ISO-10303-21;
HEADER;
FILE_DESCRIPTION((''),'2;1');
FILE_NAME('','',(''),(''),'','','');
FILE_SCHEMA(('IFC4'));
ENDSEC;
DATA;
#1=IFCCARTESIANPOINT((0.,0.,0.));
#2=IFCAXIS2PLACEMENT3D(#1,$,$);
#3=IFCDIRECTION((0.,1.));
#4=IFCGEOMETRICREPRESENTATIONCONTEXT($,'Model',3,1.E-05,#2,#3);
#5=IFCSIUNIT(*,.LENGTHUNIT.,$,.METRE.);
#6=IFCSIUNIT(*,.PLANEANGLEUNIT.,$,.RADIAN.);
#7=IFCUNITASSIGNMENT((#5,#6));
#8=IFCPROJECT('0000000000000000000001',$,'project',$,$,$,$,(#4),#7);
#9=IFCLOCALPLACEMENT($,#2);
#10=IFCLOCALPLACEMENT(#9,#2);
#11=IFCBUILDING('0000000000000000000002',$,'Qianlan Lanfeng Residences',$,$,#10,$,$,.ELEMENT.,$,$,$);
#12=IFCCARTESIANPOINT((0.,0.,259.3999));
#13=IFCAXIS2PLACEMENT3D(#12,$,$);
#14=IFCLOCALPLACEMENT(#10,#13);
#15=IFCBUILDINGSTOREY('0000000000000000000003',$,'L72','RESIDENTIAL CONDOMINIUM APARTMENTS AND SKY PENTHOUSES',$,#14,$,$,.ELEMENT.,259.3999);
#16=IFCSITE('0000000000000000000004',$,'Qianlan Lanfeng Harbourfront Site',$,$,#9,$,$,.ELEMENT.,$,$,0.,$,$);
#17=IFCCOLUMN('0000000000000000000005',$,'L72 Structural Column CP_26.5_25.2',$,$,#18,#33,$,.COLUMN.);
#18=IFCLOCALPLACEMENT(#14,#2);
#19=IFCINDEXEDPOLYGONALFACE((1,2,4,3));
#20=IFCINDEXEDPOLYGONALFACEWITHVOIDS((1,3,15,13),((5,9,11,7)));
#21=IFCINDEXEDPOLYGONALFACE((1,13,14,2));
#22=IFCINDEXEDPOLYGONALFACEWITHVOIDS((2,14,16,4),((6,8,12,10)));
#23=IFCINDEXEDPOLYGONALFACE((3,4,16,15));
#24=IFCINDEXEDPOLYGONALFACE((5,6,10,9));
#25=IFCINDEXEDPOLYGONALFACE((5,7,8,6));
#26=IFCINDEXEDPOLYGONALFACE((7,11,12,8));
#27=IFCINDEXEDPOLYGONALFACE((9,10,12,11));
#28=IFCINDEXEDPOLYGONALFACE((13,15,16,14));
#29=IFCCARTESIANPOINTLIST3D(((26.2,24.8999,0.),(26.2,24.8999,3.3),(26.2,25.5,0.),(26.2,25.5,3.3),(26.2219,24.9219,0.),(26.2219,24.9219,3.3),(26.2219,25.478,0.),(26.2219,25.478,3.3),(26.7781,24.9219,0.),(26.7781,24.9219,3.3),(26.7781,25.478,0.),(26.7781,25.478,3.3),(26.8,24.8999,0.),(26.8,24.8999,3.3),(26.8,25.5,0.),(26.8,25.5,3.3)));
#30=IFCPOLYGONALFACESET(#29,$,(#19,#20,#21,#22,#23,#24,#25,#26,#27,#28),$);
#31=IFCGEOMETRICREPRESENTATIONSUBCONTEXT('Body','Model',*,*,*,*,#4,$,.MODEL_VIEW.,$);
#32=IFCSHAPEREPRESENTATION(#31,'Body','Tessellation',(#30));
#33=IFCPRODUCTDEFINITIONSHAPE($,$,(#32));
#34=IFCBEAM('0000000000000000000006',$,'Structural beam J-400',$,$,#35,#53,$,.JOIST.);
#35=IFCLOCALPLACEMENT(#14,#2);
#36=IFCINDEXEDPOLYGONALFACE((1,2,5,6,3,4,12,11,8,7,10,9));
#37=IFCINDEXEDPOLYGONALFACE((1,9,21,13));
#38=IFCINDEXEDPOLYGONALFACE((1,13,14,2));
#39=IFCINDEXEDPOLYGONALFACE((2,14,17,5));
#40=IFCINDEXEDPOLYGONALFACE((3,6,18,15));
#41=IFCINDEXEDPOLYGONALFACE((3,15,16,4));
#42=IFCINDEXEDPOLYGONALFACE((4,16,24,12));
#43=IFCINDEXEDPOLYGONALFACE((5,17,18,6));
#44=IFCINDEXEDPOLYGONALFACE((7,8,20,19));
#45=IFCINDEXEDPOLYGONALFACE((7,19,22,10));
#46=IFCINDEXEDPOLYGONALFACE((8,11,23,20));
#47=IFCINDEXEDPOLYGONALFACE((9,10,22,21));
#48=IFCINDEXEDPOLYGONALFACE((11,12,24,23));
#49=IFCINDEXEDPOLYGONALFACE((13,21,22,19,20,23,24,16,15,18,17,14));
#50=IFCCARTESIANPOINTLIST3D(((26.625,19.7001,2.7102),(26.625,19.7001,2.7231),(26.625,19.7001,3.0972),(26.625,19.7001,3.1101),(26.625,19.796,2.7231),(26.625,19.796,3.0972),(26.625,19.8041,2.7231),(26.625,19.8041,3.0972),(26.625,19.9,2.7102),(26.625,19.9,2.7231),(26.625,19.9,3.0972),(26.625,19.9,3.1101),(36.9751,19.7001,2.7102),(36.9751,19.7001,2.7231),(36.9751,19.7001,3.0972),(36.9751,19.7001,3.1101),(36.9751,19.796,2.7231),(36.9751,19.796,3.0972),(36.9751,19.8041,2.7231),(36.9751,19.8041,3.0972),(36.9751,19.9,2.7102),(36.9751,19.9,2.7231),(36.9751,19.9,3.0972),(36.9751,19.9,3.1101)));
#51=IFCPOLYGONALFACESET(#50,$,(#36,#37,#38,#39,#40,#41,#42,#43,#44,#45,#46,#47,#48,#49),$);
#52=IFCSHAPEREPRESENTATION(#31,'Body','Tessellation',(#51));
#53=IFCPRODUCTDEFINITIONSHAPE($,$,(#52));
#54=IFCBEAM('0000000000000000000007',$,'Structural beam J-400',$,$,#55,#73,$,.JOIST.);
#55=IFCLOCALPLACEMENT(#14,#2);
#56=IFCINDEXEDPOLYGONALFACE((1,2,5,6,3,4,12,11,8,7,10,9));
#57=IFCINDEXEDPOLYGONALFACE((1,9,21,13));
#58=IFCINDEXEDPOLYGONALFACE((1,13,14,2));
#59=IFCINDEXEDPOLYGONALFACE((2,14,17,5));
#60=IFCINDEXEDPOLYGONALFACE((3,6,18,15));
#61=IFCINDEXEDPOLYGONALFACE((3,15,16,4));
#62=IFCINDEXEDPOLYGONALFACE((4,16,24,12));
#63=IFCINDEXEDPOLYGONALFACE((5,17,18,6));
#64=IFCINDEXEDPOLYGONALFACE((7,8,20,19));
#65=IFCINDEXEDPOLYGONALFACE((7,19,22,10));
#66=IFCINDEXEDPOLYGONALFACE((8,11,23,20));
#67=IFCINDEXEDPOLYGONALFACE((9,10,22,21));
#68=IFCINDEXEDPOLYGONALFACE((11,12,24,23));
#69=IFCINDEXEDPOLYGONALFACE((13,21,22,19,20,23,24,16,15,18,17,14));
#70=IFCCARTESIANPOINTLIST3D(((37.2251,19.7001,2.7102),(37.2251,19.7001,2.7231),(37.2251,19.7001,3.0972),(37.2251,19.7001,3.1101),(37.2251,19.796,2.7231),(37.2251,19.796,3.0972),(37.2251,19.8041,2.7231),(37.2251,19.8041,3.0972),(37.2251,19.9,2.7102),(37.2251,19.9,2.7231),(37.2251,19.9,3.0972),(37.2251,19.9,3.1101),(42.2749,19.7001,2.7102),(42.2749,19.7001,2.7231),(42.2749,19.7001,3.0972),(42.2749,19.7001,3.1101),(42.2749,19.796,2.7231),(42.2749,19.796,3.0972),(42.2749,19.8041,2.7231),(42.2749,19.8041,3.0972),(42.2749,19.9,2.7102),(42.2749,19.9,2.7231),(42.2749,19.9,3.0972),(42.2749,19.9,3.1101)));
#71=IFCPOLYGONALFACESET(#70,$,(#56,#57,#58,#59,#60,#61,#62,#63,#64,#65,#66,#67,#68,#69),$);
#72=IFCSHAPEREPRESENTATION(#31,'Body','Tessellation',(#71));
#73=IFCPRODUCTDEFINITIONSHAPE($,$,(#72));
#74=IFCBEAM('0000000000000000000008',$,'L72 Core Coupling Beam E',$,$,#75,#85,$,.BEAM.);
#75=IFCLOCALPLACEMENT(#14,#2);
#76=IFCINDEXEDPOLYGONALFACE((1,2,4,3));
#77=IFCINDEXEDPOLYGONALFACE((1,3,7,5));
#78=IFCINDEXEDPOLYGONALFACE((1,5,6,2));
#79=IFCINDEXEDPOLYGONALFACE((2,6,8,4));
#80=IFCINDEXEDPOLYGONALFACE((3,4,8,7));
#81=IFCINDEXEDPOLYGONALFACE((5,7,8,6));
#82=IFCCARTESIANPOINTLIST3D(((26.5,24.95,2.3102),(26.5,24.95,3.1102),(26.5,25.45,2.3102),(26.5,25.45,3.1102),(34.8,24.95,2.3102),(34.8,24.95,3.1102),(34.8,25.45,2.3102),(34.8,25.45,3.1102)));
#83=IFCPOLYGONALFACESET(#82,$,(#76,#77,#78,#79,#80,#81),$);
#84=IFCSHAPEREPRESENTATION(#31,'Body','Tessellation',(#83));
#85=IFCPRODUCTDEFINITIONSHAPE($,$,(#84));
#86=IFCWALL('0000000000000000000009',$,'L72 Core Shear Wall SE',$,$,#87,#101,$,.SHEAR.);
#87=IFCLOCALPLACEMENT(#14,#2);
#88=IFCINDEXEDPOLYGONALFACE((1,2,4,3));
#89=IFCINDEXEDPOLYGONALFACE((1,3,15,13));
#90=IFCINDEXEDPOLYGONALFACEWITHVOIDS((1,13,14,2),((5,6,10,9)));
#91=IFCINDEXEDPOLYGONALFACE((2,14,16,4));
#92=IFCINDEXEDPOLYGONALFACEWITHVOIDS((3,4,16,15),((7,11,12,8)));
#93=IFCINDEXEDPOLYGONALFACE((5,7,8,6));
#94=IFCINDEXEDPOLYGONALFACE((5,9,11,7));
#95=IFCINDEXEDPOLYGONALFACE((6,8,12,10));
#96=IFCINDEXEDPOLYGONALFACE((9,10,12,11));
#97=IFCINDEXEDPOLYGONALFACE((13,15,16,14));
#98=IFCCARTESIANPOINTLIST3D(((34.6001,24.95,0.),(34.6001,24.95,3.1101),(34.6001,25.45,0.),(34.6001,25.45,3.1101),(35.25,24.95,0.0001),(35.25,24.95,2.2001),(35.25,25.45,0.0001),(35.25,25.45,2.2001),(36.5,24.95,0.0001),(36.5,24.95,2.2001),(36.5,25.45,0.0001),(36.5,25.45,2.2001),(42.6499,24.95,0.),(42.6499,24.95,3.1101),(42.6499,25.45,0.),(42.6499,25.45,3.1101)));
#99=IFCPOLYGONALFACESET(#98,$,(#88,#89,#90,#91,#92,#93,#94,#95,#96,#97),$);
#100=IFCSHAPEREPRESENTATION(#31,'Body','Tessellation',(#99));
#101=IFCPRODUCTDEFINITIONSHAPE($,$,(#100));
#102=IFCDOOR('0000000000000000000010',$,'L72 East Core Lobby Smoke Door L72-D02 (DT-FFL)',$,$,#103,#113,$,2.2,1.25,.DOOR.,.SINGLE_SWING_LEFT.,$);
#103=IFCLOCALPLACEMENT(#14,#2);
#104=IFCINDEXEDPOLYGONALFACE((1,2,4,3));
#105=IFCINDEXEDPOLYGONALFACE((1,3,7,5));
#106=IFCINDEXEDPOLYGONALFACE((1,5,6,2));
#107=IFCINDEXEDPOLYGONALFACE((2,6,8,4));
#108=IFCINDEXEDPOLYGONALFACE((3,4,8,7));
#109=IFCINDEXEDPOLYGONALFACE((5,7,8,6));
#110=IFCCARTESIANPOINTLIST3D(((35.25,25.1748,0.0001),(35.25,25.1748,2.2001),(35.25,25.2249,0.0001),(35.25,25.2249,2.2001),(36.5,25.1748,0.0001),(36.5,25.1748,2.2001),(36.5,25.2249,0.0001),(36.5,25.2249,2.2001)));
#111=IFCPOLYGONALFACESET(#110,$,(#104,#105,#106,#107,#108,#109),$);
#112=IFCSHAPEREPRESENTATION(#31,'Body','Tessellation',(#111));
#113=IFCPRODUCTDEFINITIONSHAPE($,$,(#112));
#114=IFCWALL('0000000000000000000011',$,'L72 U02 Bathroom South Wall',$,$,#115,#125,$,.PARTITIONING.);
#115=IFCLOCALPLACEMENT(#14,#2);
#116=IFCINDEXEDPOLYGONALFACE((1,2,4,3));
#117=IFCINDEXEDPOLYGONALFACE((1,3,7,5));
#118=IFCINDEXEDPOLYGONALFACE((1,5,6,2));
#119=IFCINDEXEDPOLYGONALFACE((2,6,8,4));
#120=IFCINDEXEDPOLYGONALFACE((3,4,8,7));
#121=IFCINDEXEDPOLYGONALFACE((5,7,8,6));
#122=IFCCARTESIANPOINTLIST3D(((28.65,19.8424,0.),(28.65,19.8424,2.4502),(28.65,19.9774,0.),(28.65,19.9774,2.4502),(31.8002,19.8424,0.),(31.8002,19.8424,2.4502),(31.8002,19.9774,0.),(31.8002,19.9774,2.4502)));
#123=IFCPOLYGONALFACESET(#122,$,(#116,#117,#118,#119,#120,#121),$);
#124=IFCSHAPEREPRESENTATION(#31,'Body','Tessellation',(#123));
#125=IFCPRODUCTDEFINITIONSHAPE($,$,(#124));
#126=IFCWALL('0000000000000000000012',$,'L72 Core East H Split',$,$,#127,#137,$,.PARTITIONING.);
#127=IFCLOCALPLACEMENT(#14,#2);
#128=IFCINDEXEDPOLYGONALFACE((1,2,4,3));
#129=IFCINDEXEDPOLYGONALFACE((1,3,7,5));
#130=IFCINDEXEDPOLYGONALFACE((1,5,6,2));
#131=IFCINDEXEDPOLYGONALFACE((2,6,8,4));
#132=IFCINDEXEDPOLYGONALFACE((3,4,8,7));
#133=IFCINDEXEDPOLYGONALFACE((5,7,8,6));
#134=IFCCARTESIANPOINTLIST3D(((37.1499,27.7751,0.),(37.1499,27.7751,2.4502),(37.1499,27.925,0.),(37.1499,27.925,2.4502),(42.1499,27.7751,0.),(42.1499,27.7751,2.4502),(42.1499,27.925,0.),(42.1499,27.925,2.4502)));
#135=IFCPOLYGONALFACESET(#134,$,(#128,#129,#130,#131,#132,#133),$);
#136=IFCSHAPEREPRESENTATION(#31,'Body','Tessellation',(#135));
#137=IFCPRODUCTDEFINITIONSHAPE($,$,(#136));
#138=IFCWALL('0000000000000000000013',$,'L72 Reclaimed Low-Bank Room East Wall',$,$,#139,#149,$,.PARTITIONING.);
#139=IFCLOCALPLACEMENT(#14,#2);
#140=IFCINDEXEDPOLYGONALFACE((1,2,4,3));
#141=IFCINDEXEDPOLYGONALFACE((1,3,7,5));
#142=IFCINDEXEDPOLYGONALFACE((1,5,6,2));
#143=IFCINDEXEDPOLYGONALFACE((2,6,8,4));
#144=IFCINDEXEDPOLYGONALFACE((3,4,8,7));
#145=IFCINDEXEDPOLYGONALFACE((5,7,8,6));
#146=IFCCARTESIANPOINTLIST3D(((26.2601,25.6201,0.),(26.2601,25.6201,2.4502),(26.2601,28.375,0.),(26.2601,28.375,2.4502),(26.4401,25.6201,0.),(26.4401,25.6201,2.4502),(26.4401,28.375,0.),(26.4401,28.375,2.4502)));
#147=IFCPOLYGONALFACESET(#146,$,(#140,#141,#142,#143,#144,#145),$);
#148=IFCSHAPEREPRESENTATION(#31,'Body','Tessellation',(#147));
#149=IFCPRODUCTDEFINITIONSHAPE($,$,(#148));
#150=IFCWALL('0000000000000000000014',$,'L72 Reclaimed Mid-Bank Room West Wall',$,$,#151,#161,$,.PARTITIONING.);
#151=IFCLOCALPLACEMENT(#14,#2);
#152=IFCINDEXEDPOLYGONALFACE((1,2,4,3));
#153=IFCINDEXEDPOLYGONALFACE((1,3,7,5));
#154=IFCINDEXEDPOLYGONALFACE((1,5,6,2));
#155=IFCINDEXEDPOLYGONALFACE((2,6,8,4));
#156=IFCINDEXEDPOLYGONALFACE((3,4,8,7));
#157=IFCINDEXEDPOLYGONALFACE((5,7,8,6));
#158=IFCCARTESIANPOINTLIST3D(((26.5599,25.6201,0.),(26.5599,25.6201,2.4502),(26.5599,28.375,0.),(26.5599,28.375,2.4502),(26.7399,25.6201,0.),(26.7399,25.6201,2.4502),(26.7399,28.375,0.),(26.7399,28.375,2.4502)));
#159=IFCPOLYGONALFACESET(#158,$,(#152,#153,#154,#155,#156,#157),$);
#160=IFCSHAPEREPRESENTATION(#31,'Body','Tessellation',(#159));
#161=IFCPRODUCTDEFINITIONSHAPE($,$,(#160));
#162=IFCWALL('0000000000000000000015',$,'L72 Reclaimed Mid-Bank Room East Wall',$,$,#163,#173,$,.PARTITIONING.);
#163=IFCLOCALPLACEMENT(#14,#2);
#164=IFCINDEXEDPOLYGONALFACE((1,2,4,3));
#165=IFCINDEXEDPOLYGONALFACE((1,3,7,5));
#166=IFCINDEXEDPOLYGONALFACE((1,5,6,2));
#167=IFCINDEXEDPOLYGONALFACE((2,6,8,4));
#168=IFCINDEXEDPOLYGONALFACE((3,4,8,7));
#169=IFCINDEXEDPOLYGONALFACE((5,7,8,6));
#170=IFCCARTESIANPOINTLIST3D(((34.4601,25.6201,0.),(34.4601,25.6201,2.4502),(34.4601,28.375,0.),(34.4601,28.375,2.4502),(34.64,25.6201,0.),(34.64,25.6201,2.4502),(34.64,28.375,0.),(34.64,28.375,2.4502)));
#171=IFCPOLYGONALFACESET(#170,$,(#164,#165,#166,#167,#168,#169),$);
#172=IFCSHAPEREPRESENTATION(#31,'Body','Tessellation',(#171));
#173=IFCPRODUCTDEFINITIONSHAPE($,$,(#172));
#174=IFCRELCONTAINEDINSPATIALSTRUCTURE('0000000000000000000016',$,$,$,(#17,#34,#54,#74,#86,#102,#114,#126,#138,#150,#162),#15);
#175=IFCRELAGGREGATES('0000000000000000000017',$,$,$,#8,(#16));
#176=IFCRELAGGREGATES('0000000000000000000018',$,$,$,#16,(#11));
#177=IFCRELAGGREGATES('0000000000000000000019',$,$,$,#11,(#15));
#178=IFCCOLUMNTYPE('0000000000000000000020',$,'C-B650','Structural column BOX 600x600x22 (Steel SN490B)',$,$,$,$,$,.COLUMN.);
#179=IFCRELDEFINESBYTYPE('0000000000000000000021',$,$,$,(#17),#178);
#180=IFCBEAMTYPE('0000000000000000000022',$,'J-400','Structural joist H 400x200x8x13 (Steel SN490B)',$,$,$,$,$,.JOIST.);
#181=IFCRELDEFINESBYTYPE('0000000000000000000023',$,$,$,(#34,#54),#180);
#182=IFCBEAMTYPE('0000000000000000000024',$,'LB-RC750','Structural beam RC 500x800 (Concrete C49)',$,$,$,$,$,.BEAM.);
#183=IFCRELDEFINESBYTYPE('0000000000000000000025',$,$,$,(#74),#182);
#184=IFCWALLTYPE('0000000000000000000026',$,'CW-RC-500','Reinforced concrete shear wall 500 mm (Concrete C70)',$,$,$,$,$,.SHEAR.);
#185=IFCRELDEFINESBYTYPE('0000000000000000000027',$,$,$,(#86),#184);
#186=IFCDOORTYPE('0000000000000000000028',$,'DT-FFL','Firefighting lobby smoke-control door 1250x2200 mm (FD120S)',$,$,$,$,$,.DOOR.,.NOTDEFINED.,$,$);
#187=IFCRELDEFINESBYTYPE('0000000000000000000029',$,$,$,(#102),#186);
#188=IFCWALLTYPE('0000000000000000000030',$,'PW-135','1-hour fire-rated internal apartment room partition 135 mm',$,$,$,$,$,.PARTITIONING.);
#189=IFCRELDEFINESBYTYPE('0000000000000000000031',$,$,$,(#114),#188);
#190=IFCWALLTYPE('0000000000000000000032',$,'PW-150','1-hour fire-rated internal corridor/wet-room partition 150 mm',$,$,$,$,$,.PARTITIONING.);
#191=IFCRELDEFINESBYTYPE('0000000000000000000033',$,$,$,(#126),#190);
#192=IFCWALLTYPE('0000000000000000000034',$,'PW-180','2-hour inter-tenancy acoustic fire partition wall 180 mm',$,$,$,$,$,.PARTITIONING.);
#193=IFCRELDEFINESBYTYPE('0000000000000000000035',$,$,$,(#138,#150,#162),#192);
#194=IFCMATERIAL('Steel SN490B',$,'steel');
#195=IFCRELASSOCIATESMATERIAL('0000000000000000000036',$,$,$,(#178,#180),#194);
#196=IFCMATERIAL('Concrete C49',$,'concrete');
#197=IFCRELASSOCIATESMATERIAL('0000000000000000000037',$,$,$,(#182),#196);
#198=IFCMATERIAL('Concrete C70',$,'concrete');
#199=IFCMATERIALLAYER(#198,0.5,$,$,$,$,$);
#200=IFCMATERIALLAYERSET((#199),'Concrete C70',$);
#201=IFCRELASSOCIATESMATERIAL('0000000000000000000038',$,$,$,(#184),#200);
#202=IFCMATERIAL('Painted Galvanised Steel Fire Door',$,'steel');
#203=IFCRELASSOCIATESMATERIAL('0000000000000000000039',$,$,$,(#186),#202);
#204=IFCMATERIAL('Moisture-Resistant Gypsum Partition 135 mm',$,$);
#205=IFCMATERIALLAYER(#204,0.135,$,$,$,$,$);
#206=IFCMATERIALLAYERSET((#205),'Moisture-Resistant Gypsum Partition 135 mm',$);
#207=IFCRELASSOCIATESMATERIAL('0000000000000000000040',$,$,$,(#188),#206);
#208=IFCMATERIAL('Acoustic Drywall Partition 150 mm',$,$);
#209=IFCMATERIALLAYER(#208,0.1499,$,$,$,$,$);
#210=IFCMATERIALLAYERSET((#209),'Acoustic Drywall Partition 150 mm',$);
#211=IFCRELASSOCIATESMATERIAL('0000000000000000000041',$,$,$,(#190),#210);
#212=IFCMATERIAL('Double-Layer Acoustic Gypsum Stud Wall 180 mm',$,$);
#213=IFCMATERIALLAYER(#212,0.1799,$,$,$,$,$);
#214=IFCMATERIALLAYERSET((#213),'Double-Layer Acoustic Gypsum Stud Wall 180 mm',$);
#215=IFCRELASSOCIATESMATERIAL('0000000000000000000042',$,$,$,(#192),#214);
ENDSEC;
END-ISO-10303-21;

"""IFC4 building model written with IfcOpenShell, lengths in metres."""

from ifc_helpers import new_model, si_unit, direction, frame, frame_2d, origin, origin_2d, place, context, subcontext, project, spatial, rectangle, hollow_rectangle, i_section, extrude, material, layer, layer_set, material_profile, profile_set, type_object, element, fill, save


model = new_model("IFC4")

# Units and contexts
model_context = context("Model", 3, precision=1e-05, world=origin(), true_north=direction((0.0, 1.0)))
body_context = subcontext(model_context, "Body", "Model", "MODEL_VIEW")
ifc_project = project(units=[si_unit("LENGTHUNIT", "METRE"), si_unit("PLANEANGLEUNIT", "RADIAN")], contexts=[model_context])

# Site, building, storey
site_placement = place(None, origin())
site = spatial("IfcSite", under=ifc_project, at=site_placement, Name="Qianlan Lanfeng Harbourfront Site", CompositionType="ELEMENT", RefElevation=0.0)
building_placement = place(site_placement, origin())
building = spatial("IfcBuilding", under=site, at=building_placement, Name="Qianlan Lanfeng Residences", CompositionType="ELEMENT")
storey_placement = place(building_placement, frame((0.0, 0.0, 259.3999)))
storey = spatial("IfcBuildingStorey", under=building, at=storey_placement, Name="L72", Description="RESIDENTIAL CONDOMINIUM APARTMENTS AND SKY PENTHOUSES", CompositionType="ELEMENT", Elevation=259.3999)

# Column
ifc_material_1 = material(Name="Steel SN490B", Category="steel")
ifc_material_profile_1 = material_profile(ifc_material_1, hollow_rectangle(XDim=0.6001, YDim=0.6001, WallThickness=0.022, at=origin_2d()), Name="BOX 600x600x22")
ifc_profile_set_1 = profile_set([ifc_material_profile_1], Name="Steel SN490B")
column_type = type_object("IfcColumnType", Name="C-B650", Description="Structural column BOX 600x600x22 (Steel SN490B)", PredefinedType="COLUMN", material=ifc_profile_set_1)
column_placement = place(storey_placement, frame((26.5, 25.2, 0.0), z_axis=(0.0, 0.0, 1.0), x_axis=(1.0, 0.0, 0.0)))
element("IfcColumn", 1, at=column_placement, inside=storey, type_object=column_type, Name="L72 Structural Column CP_26.5_25.2", PredefinedType="COLUMN", context=body_context, shape_type="SweptSolid", body=[
    extrude(hollow_rectangle(XDim=0.6001, YDim=0.6001, WallThickness=0.022, at=origin_2d()), origin(), (0.0, 0.0, 1.0), 3.3),
])

# Beams
ifc_material_profile_2 = material_profile(ifc_material_1, i_section(OverallWidth=0.2, OverallDepth=0.3999, WebThickness=0.0081, FlangeThickness=0.0129, at=origin_2d()), Name="H 400x200x8x13")
ifc_profile_set_2 = profile_set([ifc_material_profile_2], Name="Steel SN490B")
beam_type_1 = type_object("IfcBeamType", Name="J-400", Description="Structural joist H 400x200x8x13 (Steel SN490B)", PredefinedType="JOIST", material=ifc_profile_set_2)
beam_1_placement = place(storey_placement, frame((26.625, 19.8, 2.9102), z_axis=(1.0, 0.0, 0.0), x_axis=(0.0, 1.0, 0.0)))
element("IfcBeam", 2, at=beam_1_placement, inside=storey, type_object=beam_type_1, Name="Structural beam J-400", PredefinedType="JOIST", context=body_context, shape_type="SweptSolid", body=[
    extrude(i_section(OverallWidth=0.2, OverallDepth=0.3999, WebThickness=0.0081, FlangeThickness=0.0129, at=origin_2d()), origin(), (0.0, 0.0, 1.0), 10.3501),
])
beam_2_placement = place(storey_placement, frame((37.2251, 19.8, 2.9102), z_axis=(1.0, 0.0, 0.0), x_axis=(0.0, 1.0, 0.0)))
element("IfcBeam", 3, at=beam_2_placement, inside=storey, type_object=beam_type_1, Name="Structural beam J-400", PredefinedType="JOIST", context=body_context, shape_type="SweptSolid", body=[
    extrude(i_section(OverallWidth=0.2, OverallDepth=0.3999, WebThickness=0.0081, FlangeThickness=0.0129, at=origin_2d()), origin(), (0.0, 0.0, 1.0), 5.0498),
])
ifc_material_2 = material(Name="Concrete C49", Category="concrete")
ifc_material_profile_3 = material_profile(ifc_material_2, rectangle(XDim=0.5, YDim=0.8, at=origin_2d()), Name="RC 500x800")
ifc_profile_set_3 = profile_set([ifc_material_profile_3], Name="Concrete C49")
beam_type_2 = type_object("IfcBeamType", Name="LB-RC750", Description="Structural beam RC 500x800 (Concrete C49)", PredefinedType="BEAM", material=ifc_profile_set_3)
beam_3_placement = place(storey_placement, frame((26.5, 25.2, 2.7102), z_axis=(1.0, 0.0, 0.0), x_axis=(0.0, 1.0, 0.0)))
element("IfcBeam", 4, at=beam_3_placement, inside=storey, type_object=beam_type_2, Name="L72 Core Coupling Beam E", PredefinedType="BEAM", context=body_context, shape_type="SweptSolid", body=[
    extrude(rectangle(XDim=0.5, YDim=0.8, at=origin_2d()), origin(), (0.0, 0.0, 1.0), 8.3),
])

# Wall, opening, door
ifc_material_3 = material(Name="Concrete C70", Category="concrete")
ifc_layer_1 = layer(ifc_material_3, 0.5)
ifc_layer_set_1 = layer_set([ifc_layer_1], Name="Concrete C70")
wall_type_1 = type_object("IfcWallType", Name="CW-RC-500", Description="Reinforced concrete shear wall 500 mm (Concrete C70)", PredefinedType="SHEAR", material=ifc_layer_set_1)
wall_1_placement = place(storey_placement, frame((34.6001, 25.2, 0.0), z_axis=(0.0, 0.0, 1.0), x_axis=(1.0, 0.0, 0.0)))
wall_1 = element("IfcWall", 5, at=wall_1_placement, inside=storey, type_object=wall_type_1, Name="L72 Core Shear Wall SE", PredefinedType="SHEAR", context=body_context, shape_type="SweptSolid", body=[
    extrude(rectangle(XDim=8.0498, YDim=0.5, at=frame_2d((4.0249, 0.0))), origin(), (0.0, 0.0, 1.0), 3.1101),
])
opening_1_placement = place(wall_1_placement, frame((0.6499, 0.0, 0.0)))
opening_1 = element("IfcOpeningElement", 6, at=opening_1_placement, cuts=wall_1, PredefinedType="OPENING", context=body_context, shape_type="SweptSolid", body=[
    extrude(rectangle(XDim=1.25, YDim=2.2, at=frame_2d((0.625, 1.1001))), frame((0.0, 0.26, 0.0), z_axis=(0.0, -1.0, 0.0), x_axis=(1.0, 0.0, 0.0)), (0.0, 0.0, 1.0), 0.52),
])
ifc_material_4 = material(Name="Painted Galvanised Steel Fire Door", Category="steel")
door_type_1 = type_object("IfcDoorType", Name="DT-FFL", Description="Firefighting lobby smoke-control door 1250x2200 mm (FD120S)", OperationType="NOTDEFINED", PredefinedType="DOOR", material=ifc_material_4)
door_1_placement = place(opening_1_placement, origin())
door_1 = element("IfcDoor", 7, at=door_1_placement, inside=storey, type_object=door_type_1, Name="L72 East Core Lobby Smoke Door L72-D02 (DT-FFL)", OperationType="SINGLE_SWING_LEFT", OverallHeight=2.2, OverallWidth=1.25, PredefinedType="DOOR", context=body_context, shape_type="SweptSolid", body=[
    extrude(rectangle(XDim=1.25, YDim=2.2, at=frame_2d((0.625, 1.1001))), frame((0.0, 0.0249, 0.0), z_axis=(0.0, -1.0, 0.0), x_axis=(1.0, 0.0, 0.0)), (0.0, 0.0, 1.0), 0.05),
])
fill(opening_1, door_1)

# Walls
ifc_material_5 = material(Name="Moisture-Resistant Gypsum Partition 135 mm")
ifc_layer_2 = layer(ifc_material_5, 0.135)
ifc_layer_set_2 = layer_set([ifc_layer_2], Name="Moisture-Resistant Gypsum Partition 135 mm")
wall_type_2 = type_object("IfcWallType", Name="PW-135", Description="1-hour fire-rated internal apartment room partition 135 mm", PredefinedType="PARTITIONING", material=ifc_layer_set_2)
wall_2_placement = place(storey_placement, frame((28.6499, 19.9099, 0.0), z_axis=(0.0, 0.0, 1.0), x_axis=(1.0, 0.0, 0.0)))
element("IfcWall", 8, at=wall_2_placement, inside=storey, type_object=wall_type_2, Name="L72 U02 Bathroom South Wall", PredefinedType="PARTITIONING", context=body_context, shape_type="SweptSolid", body=[
    extrude(rectangle(XDim=3.1501, YDim=0.135, at=frame_2d((1.5752, 0.0))), origin(), (0.0, 0.0, 1.0), 2.4502),
])
ifc_material_6 = material(Name="Acoustic Drywall Partition 150 mm")
ifc_layer_3 = layer(ifc_material_6, 0.1499)
ifc_layer_set_3 = layer_set([ifc_layer_3], Name="Acoustic Drywall Partition 150 mm")
wall_type_3 = type_object("IfcWallType", Name="PW-150", Description="1-hour fire-rated internal corridor/wet-room partition 150 mm", PredefinedType="PARTITIONING", material=ifc_layer_set_3)
wall_3_placement = place(storey_placement, frame((37.1499, 27.8501, 0.0), z_axis=(0.0, 0.0, 1.0), x_axis=(1.0, 0.0, 0.0)))
element("IfcWall", 9, at=wall_3_placement, inside=storey, type_object=wall_type_3, Name="L72 Core East H Split", PredefinedType="PARTITIONING", context=body_context, shape_type="SweptSolid", body=[
    extrude(rectangle(XDim=5.0, YDim=0.1499, at=frame_2d((2.5, 0.0))), origin(), (0.0, 0.0, 1.0), 2.4502),
])

# Shared definitions
ifc_material_7 = material(Name="Double-Layer Acoustic Gypsum Stud Wall 180 mm")
ifc_layer_4 = layer(ifc_material_7, 0.1799)
ifc_layer_set_4 = layer_set([ifc_layer_4], Name="Double-Layer Acoustic Gypsum Stud Wall 180 mm")
wall_type_4 = type_object("IfcWallType", Name="PW-180", Description="2-hour inter-tenancy acoustic fire partition wall 180 mm", PredefinedType="PARTITIONING", material=ifc_layer_set_4)

# Walls
for number, where, z_axis, x_axis, name in (
    (10, (26.3501, 25.6201, 0.0), (0.0, 0.0, 1.0), (0.0, 1.0, 0.0), "L72 Reclaimed Low-Bank Room East Wall"),
    (11, (26.6499, 25.6201, 0.0), (0.0, 0.0, 1.0), (0.0, 1.0, 0.0), "L72 Reclaimed Mid-Bank Room West Wall"),
    (12, (34.55, 25.6201, 0.0), (0.0, 0.0, 1.0), (0.0, 1.0, 0.0), "L72 Reclaimed Mid-Bank Room East Wall"),
):
    element("IfcWall", number, at=place(storey_placement, frame(where, z_axis=z_axis, x_axis=x_axis)), inside=storey, type_object=wall_type_4, Name=name, PredefinedType="PARTITIONING", context=body_context, shape_type="SweptSolid", body=[
        extrude(rectangle(XDim=2.7549, YDim=0.1799, at=frame_2d((1.3774, 0.0))), origin(), (0.0, 0.0, 1.0), 2.4502),
    ])

save(model, "model.ifc")
